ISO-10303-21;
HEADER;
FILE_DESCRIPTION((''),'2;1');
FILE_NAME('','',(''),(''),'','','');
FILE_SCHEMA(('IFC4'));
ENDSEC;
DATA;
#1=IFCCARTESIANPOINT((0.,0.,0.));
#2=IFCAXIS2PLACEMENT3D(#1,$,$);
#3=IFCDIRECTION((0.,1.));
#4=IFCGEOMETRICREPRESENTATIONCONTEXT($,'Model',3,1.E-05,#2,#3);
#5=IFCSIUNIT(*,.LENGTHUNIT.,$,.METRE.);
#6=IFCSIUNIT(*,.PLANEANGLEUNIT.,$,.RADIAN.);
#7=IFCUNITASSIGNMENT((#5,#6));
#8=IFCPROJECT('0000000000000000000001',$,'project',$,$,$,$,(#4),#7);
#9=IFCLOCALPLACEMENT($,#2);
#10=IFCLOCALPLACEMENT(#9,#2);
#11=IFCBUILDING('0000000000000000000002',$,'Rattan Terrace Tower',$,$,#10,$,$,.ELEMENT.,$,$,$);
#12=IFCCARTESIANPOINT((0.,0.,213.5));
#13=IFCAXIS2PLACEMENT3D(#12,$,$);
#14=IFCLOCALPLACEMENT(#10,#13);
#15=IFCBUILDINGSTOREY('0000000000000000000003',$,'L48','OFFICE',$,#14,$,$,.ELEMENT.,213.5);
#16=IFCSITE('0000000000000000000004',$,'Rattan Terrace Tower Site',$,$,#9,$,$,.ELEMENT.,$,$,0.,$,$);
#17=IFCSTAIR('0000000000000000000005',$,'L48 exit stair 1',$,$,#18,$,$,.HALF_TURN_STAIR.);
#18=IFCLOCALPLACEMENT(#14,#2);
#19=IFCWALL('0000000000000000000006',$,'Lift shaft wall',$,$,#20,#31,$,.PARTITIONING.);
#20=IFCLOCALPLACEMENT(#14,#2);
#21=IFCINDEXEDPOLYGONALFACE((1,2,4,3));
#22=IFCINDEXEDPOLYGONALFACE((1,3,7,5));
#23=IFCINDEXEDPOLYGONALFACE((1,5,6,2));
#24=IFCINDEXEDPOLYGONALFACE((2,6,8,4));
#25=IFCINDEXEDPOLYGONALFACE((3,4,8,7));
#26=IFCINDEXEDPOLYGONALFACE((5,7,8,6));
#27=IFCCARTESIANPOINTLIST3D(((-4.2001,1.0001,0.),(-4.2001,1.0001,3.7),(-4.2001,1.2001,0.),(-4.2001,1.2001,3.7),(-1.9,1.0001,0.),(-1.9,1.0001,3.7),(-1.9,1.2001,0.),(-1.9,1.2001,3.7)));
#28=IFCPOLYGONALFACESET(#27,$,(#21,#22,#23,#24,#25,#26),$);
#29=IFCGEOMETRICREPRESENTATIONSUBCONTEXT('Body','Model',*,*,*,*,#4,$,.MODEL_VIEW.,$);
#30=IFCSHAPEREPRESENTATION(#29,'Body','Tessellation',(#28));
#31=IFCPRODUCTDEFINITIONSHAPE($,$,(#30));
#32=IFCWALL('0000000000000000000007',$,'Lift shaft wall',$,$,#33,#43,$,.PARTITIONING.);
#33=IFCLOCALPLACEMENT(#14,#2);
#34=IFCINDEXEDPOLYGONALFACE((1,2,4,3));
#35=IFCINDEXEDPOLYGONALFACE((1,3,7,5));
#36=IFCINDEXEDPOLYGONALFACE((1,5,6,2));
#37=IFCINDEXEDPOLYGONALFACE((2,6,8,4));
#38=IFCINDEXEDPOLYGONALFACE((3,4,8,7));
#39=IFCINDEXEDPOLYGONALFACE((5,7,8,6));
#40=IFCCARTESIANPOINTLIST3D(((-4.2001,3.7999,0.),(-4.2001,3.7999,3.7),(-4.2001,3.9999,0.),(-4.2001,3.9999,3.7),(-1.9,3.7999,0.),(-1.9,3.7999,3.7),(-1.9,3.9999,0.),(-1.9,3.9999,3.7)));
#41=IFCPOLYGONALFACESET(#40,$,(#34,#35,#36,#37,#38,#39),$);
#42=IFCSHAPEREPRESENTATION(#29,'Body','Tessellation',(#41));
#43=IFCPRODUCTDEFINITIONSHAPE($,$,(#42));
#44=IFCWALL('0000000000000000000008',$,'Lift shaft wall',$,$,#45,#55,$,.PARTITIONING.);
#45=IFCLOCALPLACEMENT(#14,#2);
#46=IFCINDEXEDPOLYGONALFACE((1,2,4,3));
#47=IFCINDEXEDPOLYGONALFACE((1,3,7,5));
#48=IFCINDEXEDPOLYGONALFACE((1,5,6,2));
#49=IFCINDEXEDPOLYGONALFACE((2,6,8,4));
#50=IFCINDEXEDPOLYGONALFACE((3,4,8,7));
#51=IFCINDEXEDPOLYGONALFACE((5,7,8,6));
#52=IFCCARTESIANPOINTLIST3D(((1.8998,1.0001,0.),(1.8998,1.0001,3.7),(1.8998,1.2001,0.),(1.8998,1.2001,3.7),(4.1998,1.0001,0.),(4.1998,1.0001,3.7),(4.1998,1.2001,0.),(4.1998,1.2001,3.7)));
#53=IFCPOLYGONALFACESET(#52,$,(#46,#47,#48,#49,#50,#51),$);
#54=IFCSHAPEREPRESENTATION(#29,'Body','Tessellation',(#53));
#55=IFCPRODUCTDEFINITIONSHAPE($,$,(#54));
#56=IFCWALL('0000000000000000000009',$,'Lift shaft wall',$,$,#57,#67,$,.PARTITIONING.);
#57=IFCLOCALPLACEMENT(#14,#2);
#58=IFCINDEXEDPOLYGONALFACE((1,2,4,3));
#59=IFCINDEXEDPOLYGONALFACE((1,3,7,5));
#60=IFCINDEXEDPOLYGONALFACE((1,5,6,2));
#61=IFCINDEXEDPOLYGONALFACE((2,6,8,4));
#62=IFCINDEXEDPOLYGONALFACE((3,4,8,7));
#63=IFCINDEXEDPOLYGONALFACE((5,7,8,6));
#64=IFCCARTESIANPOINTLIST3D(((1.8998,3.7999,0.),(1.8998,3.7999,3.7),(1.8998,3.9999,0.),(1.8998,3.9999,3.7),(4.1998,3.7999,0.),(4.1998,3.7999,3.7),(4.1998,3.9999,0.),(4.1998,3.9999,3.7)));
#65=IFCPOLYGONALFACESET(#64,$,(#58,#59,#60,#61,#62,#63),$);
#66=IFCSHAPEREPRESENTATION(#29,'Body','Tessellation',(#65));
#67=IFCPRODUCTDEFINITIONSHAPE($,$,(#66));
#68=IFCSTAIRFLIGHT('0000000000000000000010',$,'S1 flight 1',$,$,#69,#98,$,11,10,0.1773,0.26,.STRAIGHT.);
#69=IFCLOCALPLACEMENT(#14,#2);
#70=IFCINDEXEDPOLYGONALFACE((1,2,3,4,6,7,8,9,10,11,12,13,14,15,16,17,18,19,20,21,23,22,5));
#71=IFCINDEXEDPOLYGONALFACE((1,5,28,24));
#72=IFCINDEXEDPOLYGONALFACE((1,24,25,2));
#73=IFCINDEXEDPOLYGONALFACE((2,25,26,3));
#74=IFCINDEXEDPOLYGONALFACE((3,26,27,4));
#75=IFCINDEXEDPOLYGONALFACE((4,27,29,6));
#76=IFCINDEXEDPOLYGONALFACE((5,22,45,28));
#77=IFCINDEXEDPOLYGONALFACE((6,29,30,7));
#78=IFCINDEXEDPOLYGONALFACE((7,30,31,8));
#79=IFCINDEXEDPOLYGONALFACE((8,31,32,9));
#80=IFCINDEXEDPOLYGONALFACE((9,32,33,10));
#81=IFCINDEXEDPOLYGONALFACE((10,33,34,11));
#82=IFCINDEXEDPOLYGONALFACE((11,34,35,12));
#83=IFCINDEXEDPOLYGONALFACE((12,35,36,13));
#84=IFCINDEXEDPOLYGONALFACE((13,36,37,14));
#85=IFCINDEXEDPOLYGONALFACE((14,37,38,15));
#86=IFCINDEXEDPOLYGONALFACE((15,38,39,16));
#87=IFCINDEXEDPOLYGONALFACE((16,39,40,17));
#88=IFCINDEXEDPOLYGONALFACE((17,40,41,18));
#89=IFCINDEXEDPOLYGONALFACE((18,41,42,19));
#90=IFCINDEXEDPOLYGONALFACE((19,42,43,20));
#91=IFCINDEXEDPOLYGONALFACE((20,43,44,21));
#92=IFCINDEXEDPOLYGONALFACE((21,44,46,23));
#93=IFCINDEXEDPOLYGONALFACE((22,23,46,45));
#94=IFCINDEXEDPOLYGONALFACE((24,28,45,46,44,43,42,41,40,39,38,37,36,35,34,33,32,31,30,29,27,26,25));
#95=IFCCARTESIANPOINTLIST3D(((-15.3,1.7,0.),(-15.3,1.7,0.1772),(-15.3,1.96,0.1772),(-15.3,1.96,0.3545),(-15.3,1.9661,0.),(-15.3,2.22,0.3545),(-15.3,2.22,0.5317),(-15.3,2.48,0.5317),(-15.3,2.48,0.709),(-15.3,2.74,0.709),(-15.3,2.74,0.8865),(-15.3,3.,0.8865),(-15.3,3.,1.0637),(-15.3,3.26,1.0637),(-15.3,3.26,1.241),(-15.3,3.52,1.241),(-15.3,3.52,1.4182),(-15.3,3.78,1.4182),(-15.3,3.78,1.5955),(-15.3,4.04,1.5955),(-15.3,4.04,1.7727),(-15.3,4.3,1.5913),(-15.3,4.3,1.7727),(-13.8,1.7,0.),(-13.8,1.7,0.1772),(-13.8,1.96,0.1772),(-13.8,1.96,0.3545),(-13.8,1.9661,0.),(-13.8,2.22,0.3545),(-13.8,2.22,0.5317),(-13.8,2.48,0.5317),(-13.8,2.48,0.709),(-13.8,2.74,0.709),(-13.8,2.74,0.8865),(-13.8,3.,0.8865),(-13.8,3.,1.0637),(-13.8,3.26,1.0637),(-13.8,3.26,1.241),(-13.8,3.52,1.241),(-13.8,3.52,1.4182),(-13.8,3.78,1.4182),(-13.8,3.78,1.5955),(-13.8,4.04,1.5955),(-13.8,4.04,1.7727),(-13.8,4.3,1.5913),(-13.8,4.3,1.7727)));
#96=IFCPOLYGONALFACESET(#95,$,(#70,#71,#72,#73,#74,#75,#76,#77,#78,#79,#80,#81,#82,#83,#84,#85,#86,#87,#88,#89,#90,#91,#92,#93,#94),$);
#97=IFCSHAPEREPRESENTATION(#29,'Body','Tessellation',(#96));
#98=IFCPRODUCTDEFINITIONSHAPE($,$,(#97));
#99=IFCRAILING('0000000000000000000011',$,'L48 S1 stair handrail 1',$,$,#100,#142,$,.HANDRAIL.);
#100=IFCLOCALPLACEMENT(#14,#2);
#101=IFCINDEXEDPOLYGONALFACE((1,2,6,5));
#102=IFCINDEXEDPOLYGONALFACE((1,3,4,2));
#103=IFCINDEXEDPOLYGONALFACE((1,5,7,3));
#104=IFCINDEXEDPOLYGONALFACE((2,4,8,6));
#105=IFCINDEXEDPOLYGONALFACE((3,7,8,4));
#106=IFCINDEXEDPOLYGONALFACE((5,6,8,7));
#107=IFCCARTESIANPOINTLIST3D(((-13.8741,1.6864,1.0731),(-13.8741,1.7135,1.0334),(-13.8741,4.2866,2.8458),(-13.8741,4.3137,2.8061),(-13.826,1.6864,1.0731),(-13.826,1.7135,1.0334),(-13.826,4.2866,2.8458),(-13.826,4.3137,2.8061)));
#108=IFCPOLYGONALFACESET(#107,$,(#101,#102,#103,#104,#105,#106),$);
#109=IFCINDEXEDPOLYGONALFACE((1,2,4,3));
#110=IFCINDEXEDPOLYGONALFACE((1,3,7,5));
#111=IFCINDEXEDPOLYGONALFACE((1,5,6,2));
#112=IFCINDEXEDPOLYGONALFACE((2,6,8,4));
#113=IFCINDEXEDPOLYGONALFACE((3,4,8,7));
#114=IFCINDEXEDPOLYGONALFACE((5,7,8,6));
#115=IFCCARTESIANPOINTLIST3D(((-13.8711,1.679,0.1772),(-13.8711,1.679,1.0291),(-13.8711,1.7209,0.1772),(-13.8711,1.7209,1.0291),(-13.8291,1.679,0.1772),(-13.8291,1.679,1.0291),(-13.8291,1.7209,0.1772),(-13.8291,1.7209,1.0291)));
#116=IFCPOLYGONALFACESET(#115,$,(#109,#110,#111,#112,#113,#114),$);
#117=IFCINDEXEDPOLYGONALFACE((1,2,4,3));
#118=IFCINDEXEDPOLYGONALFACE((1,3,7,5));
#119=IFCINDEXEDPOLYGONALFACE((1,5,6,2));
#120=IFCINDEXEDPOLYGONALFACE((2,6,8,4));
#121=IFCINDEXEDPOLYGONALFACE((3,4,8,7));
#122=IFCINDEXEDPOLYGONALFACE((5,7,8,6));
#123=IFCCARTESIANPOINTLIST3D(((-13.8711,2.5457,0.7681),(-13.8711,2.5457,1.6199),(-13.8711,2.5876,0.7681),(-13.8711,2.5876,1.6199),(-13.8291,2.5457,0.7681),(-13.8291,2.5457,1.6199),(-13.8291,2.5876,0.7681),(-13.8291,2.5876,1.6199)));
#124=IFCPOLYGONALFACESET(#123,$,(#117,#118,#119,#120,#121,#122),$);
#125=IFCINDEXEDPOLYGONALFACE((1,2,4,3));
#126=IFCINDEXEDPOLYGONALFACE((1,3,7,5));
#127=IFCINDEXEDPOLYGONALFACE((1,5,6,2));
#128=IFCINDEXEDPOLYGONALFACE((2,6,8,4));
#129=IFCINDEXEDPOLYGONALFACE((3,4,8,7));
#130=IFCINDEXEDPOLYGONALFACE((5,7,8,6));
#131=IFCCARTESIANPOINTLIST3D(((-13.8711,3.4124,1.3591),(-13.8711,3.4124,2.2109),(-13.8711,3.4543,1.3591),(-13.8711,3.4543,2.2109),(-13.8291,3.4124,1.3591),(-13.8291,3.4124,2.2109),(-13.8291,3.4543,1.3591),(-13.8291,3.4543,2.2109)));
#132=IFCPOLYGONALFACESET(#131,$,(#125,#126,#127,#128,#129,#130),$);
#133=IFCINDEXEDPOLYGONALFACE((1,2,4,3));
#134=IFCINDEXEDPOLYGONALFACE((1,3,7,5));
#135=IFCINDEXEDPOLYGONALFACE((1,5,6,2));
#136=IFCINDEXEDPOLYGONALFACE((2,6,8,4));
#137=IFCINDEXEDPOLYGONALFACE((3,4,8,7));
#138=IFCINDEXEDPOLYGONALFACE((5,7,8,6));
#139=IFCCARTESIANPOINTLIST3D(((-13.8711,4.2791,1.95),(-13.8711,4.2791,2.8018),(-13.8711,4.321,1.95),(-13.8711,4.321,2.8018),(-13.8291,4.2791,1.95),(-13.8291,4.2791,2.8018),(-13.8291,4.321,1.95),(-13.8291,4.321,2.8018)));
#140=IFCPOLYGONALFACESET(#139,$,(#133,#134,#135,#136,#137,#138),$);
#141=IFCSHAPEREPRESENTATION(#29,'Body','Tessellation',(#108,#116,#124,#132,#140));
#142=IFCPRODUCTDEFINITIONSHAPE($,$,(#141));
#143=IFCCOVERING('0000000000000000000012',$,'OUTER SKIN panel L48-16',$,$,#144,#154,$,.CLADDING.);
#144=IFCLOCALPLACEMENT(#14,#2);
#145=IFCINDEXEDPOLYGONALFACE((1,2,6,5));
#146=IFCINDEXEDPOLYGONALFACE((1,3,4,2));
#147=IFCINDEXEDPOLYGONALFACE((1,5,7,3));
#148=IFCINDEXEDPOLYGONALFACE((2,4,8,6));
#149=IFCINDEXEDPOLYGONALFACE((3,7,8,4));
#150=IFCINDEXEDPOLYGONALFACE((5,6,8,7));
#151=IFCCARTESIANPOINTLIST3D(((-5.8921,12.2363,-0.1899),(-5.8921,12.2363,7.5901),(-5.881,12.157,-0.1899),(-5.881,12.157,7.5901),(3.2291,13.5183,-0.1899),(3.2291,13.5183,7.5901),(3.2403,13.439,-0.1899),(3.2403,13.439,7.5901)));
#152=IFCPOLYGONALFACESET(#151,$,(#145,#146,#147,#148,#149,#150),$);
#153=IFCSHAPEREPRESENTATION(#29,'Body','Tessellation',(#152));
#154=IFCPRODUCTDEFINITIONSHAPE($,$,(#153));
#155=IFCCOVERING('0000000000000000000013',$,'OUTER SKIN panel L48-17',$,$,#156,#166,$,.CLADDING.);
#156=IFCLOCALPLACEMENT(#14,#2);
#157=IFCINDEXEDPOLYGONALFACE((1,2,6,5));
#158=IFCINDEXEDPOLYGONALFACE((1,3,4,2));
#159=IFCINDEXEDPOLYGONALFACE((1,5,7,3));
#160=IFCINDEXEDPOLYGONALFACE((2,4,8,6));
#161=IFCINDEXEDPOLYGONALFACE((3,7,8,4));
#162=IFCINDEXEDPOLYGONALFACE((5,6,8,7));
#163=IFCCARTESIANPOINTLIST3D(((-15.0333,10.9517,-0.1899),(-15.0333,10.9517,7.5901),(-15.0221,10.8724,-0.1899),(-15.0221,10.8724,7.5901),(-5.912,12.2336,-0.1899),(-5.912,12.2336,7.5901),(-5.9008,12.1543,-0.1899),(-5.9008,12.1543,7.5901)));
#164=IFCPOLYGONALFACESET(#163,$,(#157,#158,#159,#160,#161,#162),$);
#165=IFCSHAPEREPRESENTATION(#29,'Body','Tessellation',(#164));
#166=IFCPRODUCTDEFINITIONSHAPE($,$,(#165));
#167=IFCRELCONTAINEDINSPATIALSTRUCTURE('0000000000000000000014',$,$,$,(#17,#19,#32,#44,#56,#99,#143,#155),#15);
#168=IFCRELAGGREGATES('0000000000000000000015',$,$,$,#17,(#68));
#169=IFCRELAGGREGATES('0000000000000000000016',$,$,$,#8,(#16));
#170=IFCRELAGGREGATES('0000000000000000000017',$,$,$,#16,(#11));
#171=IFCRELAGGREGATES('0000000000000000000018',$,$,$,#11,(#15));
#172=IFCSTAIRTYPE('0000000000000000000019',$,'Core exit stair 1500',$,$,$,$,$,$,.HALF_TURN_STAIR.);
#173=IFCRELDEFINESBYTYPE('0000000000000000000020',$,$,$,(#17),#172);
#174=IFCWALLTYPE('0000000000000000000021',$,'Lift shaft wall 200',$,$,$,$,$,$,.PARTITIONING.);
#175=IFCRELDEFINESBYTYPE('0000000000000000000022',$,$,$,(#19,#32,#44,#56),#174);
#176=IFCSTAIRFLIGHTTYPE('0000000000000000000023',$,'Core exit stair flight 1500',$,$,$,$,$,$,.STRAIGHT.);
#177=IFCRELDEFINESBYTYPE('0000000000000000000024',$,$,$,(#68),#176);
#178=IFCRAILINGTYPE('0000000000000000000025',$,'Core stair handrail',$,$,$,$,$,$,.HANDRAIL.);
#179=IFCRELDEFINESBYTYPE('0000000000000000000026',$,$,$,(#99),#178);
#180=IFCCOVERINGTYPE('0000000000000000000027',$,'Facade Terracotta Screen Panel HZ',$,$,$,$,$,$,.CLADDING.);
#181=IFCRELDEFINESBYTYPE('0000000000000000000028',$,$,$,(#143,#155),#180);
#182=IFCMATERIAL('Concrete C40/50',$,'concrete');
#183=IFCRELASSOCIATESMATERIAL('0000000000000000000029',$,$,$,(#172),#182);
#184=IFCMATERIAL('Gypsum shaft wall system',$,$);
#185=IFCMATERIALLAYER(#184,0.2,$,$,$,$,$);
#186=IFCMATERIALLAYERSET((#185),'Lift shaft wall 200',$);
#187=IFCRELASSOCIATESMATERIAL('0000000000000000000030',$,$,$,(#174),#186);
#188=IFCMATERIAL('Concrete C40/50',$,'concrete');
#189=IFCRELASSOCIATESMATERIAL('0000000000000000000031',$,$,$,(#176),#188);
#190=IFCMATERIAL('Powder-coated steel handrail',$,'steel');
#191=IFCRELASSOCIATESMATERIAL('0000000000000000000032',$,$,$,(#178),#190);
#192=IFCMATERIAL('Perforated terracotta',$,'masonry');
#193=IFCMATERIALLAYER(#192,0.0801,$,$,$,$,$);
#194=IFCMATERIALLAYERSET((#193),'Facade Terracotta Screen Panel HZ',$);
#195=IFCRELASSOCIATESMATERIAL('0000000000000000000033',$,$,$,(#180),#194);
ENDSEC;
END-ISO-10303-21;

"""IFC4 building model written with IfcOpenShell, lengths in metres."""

from ifc_helpers import new_model, si_unit, direction, frame, frame_2d, origin, origin_2d, place, context, subcontext, project, spatial, polyline, rectangle, outline, extrude, material, layer, layer_set, type_object, element, aggregate, save


model = new_model("IFC4")

# Units and contexts
model_context = context("Model", 3, precision=1e-05, world=origin(), true_north=direction((0.0, 1.0)))
body_context = subcontext(model_context, "Body", "Model", "MODEL_VIEW")
ifc_project = project(units=[si_unit("LENGTHUNIT", "METRE"), si_unit("PLANEANGLEUNIT", "RADIAN")], contexts=[model_context])

# Site, building, storey
site_placement = place(None, origin())
site = spatial("IfcSite", under=ifc_project, at=site_placement, Name="Rattan Terrace Tower Site", CompositionType="ELEMENT", RefElevation=0.0)
building_placement = place(site_placement, origin())
building = spatial("IfcBuilding", under=site, at=building_placement, Name="Rattan Terrace Tower", CompositionType="ELEMENT")
storey_placement = place(building_placement, frame((0.0, 0.0, 213.5)))
storey = spatial("IfcBuildingStorey", under=building, at=storey_placement, Name="L48", Description="OFFICE", CompositionType="ELEMENT", Elevation=213.5)

# Stair
ifc_material_1 = material(Name="Concrete C40/50", Category="concrete")
stair_type = type_object("IfcStairType", Name="Core exit stair 1500", PredefinedType="HALF_TURN_STAIR", material=ifc_material_1)
stair_1_placement = place(storey_placement, origin())
stair_1 = element("IfcStair", 1, at=stair_1_placement, inside=storey, type_object=stair_type, Name="L48 exit stair 1", PredefinedType="HALF_TURN_STAIR")

# Walls
ifc_material_2 = material(Name="Gypsum shaft wall system")
ifc_layer_1 = layer(ifc_material_2, 0.2)
ifc_layer_set_1 = layer_set([ifc_layer_1], Name="Lift shaft wall 200")
wall_type_1 = type_object("IfcWallType", Name="Lift shaft wall 200", PredefinedType="PARTITIONING", material=ifc_layer_set_1)
for number, where, z_axis, x_axis, name in (
    (2, (-4.2, 1.1001, 0.0), (0.0, 0.0, 1.0), (1.0, 0.0, 0.0), "Lift shaft wall"),
    (3, (-4.2, 3.8999, 0.0), (0.0, 0.0, 1.0), (1.0, 0.0, 0.0), "Lift shaft wall"),
    (4, (1.8999, 1.1001, 0.0), (0.0, 0.0, 1.0), (1.0, 0.0, 0.0), "Lift shaft wall"),
    (5, (1.8999, 3.8999, 0.0), (0.0, 0.0, 1.0), (1.0, 0.0, 0.0), "Lift shaft wall"),
):
    element("IfcWall", number, at=place(storey_placement, frame(where, z_axis=z_axis, x_axis=x_axis)), inside=storey, type_object=wall_type_1, Name=name, PredefinedType="PARTITIONING", context=body_context, shape_type="SweptSolid", body=[
        extrude(rectangle(XDim=2.3, YDim=0.2, at=frame_2d((1.1499, 0.0))), origin(), (0.0, 0.0, 1.0), 3.7),
    ])

# Stair flight
ifc_material_3 = material(Name="Concrete C40/50", Category="concrete")
stair_flight_type = type_object("IfcStairFlightType", Name="Core exit stair flight 1500", PredefinedType="STRAIGHT", material=ifc_material_3)
stair_flight_placement = place(storey_placement, frame((-14.55, 1.7, 0.0), z_axis=(0.0, 0.0, 1.0), x_axis=(0.0, 1.0, 0.0)))
stair_flight = element("IfcStairFlight", 6, at=stair_flight_placement, type_object=stair_flight_type, Name="S1 flight 1", NumberOfRisers=11, NumberOfTreads=10, PredefinedType="STRAIGHT", RiserHeight=0.1773, TreadLength=0.26, context=body_context, shape_type="SweptSolid", body=[
    extrude(outline(polyline([(0.0, 0.0), (0.0, 0.1772), (0.26, 0.1772), (0.26, 0.3545), (0.52, 0.3545), (0.52, 0.5317), (0.78, 0.5317), (0.78, 0.709), (1.04, 0.709), (1.04, 0.8865), (1.3, 0.8865), (1.3, 1.0637), (1.5601, 1.0637), (1.5601, 1.241), (1.8201, 1.241), (1.8201, 1.4182), (2.0801, 1.4182), (2.0801, 1.5955), (2.3401, 1.5955), (2.3401, 1.7727), (2.6001, 1.7727), (2.6001, 1.95), (2.6001, 1.5913), (0.2661, 0.0), (0.0, 0.0)])), frame((0.0, 0.75, 0.0), z_axis=(0.0, -1.0, 0.0), x_axis=(1.0, 0.0, 0.0)), (0.0, 0.0, 1.0), 1.5),
])
aggregate(stair_1, [stair_flight])

# Railing
ifc_material_4 = material(Name="Powder-coated steel handrail", Category="steel")
railing_type = type_object("IfcRailingType", Name="Core stair handrail", PredefinedType="HANDRAIL", material=ifc_material_4)
railing_placement = place(storey_placement, frame((-13.8501, 1.7, 0.1772)))
element("IfcRailing", 7, at=railing_placement, inside=storey, type_object=railing_type, Name="L48 S1 stair handrail 1", PredefinedType="HANDRAIL", context=body_context, shape_type="SweptSolid", body=[
    extrude(rectangle(XDim=0.0481, YDim=0.0481, at=origin_2d()), frame((0.0, 0.0, 0.876), z_axis=(0.0, 0.82624, 0.563318), x_axis=(-1.0, 0.0, 0.0)), (0.0, 0.0, 1.0), 3.147),
    extrude(rectangle(XDim=0.042, YDim=0.042, at=origin_2d()), origin(), (0.0, 0.0, 1.0), 0.8518),
    extrude(rectangle(XDim=0.042, YDim=0.042, at=origin_2d()), frame((0.0, 0.8667, 0.5908)), (0.0, 0.0, 1.0), 0.8518),
    extrude(rectangle(XDim=0.042, YDim=0.042, at=origin_2d()), frame((0.0, 1.7334, 1.1819)), (0.0, 0.0, 1.0), 0.8518),
    extrude(rectangle(XDim=0.042, YDim=0.042, at=origin_2d()), frame((0.0, 2.6001, 1.7727)), (0.0, 0.0, 1.0), 0.8518),
])

# Coverings
ifc_material_5 = material(Name="Perforated terracotta", Category="masonry")
ifc_layer_2 = layer(ifc_material_5, 0.0801)
ifc_layer_set_2 = layer_set([ifc_layer_2], Name="Facade Terracotta Screen Panel HZ")
covering_type = type_object("IfcCoveringType", Name="Facade Terracotta Screen Panel HZ", PredefinedType="CLADDING", material=ifc_layer_set_2)
for number, where, z_axis, x_axis, name in (
    (8, (-1.3259, 12.8376, -0.1899), (0.0, 0.0, 1.0), (-0.990267, -0.139177, 0.0), "OUTER SKIN panel L48-16"),
    (9, (-10.467, 11.553, -0.1899), (0.0, 0.0, 1.0), (-0.990267, -0.139177, 0.0), "OUTER SKIN panel L48-17"),
):
    element("IfcCovering", number, at=place(storey_placement, frame(where, z_axis=z_axis, x_axis=x_axis)), inside=storey, type_object=covering_type, Name=name, PredefinedType="CLADDING", context=body_context, shape_type="SweptSolid", body=[
        extrude(rectangle(XDim=9.2109, YDim=0.0801, at=origin_2d()), origin(), (0.0, 0.0, 1.0), 7.78),
    ])

save(model, "model.ifc")
